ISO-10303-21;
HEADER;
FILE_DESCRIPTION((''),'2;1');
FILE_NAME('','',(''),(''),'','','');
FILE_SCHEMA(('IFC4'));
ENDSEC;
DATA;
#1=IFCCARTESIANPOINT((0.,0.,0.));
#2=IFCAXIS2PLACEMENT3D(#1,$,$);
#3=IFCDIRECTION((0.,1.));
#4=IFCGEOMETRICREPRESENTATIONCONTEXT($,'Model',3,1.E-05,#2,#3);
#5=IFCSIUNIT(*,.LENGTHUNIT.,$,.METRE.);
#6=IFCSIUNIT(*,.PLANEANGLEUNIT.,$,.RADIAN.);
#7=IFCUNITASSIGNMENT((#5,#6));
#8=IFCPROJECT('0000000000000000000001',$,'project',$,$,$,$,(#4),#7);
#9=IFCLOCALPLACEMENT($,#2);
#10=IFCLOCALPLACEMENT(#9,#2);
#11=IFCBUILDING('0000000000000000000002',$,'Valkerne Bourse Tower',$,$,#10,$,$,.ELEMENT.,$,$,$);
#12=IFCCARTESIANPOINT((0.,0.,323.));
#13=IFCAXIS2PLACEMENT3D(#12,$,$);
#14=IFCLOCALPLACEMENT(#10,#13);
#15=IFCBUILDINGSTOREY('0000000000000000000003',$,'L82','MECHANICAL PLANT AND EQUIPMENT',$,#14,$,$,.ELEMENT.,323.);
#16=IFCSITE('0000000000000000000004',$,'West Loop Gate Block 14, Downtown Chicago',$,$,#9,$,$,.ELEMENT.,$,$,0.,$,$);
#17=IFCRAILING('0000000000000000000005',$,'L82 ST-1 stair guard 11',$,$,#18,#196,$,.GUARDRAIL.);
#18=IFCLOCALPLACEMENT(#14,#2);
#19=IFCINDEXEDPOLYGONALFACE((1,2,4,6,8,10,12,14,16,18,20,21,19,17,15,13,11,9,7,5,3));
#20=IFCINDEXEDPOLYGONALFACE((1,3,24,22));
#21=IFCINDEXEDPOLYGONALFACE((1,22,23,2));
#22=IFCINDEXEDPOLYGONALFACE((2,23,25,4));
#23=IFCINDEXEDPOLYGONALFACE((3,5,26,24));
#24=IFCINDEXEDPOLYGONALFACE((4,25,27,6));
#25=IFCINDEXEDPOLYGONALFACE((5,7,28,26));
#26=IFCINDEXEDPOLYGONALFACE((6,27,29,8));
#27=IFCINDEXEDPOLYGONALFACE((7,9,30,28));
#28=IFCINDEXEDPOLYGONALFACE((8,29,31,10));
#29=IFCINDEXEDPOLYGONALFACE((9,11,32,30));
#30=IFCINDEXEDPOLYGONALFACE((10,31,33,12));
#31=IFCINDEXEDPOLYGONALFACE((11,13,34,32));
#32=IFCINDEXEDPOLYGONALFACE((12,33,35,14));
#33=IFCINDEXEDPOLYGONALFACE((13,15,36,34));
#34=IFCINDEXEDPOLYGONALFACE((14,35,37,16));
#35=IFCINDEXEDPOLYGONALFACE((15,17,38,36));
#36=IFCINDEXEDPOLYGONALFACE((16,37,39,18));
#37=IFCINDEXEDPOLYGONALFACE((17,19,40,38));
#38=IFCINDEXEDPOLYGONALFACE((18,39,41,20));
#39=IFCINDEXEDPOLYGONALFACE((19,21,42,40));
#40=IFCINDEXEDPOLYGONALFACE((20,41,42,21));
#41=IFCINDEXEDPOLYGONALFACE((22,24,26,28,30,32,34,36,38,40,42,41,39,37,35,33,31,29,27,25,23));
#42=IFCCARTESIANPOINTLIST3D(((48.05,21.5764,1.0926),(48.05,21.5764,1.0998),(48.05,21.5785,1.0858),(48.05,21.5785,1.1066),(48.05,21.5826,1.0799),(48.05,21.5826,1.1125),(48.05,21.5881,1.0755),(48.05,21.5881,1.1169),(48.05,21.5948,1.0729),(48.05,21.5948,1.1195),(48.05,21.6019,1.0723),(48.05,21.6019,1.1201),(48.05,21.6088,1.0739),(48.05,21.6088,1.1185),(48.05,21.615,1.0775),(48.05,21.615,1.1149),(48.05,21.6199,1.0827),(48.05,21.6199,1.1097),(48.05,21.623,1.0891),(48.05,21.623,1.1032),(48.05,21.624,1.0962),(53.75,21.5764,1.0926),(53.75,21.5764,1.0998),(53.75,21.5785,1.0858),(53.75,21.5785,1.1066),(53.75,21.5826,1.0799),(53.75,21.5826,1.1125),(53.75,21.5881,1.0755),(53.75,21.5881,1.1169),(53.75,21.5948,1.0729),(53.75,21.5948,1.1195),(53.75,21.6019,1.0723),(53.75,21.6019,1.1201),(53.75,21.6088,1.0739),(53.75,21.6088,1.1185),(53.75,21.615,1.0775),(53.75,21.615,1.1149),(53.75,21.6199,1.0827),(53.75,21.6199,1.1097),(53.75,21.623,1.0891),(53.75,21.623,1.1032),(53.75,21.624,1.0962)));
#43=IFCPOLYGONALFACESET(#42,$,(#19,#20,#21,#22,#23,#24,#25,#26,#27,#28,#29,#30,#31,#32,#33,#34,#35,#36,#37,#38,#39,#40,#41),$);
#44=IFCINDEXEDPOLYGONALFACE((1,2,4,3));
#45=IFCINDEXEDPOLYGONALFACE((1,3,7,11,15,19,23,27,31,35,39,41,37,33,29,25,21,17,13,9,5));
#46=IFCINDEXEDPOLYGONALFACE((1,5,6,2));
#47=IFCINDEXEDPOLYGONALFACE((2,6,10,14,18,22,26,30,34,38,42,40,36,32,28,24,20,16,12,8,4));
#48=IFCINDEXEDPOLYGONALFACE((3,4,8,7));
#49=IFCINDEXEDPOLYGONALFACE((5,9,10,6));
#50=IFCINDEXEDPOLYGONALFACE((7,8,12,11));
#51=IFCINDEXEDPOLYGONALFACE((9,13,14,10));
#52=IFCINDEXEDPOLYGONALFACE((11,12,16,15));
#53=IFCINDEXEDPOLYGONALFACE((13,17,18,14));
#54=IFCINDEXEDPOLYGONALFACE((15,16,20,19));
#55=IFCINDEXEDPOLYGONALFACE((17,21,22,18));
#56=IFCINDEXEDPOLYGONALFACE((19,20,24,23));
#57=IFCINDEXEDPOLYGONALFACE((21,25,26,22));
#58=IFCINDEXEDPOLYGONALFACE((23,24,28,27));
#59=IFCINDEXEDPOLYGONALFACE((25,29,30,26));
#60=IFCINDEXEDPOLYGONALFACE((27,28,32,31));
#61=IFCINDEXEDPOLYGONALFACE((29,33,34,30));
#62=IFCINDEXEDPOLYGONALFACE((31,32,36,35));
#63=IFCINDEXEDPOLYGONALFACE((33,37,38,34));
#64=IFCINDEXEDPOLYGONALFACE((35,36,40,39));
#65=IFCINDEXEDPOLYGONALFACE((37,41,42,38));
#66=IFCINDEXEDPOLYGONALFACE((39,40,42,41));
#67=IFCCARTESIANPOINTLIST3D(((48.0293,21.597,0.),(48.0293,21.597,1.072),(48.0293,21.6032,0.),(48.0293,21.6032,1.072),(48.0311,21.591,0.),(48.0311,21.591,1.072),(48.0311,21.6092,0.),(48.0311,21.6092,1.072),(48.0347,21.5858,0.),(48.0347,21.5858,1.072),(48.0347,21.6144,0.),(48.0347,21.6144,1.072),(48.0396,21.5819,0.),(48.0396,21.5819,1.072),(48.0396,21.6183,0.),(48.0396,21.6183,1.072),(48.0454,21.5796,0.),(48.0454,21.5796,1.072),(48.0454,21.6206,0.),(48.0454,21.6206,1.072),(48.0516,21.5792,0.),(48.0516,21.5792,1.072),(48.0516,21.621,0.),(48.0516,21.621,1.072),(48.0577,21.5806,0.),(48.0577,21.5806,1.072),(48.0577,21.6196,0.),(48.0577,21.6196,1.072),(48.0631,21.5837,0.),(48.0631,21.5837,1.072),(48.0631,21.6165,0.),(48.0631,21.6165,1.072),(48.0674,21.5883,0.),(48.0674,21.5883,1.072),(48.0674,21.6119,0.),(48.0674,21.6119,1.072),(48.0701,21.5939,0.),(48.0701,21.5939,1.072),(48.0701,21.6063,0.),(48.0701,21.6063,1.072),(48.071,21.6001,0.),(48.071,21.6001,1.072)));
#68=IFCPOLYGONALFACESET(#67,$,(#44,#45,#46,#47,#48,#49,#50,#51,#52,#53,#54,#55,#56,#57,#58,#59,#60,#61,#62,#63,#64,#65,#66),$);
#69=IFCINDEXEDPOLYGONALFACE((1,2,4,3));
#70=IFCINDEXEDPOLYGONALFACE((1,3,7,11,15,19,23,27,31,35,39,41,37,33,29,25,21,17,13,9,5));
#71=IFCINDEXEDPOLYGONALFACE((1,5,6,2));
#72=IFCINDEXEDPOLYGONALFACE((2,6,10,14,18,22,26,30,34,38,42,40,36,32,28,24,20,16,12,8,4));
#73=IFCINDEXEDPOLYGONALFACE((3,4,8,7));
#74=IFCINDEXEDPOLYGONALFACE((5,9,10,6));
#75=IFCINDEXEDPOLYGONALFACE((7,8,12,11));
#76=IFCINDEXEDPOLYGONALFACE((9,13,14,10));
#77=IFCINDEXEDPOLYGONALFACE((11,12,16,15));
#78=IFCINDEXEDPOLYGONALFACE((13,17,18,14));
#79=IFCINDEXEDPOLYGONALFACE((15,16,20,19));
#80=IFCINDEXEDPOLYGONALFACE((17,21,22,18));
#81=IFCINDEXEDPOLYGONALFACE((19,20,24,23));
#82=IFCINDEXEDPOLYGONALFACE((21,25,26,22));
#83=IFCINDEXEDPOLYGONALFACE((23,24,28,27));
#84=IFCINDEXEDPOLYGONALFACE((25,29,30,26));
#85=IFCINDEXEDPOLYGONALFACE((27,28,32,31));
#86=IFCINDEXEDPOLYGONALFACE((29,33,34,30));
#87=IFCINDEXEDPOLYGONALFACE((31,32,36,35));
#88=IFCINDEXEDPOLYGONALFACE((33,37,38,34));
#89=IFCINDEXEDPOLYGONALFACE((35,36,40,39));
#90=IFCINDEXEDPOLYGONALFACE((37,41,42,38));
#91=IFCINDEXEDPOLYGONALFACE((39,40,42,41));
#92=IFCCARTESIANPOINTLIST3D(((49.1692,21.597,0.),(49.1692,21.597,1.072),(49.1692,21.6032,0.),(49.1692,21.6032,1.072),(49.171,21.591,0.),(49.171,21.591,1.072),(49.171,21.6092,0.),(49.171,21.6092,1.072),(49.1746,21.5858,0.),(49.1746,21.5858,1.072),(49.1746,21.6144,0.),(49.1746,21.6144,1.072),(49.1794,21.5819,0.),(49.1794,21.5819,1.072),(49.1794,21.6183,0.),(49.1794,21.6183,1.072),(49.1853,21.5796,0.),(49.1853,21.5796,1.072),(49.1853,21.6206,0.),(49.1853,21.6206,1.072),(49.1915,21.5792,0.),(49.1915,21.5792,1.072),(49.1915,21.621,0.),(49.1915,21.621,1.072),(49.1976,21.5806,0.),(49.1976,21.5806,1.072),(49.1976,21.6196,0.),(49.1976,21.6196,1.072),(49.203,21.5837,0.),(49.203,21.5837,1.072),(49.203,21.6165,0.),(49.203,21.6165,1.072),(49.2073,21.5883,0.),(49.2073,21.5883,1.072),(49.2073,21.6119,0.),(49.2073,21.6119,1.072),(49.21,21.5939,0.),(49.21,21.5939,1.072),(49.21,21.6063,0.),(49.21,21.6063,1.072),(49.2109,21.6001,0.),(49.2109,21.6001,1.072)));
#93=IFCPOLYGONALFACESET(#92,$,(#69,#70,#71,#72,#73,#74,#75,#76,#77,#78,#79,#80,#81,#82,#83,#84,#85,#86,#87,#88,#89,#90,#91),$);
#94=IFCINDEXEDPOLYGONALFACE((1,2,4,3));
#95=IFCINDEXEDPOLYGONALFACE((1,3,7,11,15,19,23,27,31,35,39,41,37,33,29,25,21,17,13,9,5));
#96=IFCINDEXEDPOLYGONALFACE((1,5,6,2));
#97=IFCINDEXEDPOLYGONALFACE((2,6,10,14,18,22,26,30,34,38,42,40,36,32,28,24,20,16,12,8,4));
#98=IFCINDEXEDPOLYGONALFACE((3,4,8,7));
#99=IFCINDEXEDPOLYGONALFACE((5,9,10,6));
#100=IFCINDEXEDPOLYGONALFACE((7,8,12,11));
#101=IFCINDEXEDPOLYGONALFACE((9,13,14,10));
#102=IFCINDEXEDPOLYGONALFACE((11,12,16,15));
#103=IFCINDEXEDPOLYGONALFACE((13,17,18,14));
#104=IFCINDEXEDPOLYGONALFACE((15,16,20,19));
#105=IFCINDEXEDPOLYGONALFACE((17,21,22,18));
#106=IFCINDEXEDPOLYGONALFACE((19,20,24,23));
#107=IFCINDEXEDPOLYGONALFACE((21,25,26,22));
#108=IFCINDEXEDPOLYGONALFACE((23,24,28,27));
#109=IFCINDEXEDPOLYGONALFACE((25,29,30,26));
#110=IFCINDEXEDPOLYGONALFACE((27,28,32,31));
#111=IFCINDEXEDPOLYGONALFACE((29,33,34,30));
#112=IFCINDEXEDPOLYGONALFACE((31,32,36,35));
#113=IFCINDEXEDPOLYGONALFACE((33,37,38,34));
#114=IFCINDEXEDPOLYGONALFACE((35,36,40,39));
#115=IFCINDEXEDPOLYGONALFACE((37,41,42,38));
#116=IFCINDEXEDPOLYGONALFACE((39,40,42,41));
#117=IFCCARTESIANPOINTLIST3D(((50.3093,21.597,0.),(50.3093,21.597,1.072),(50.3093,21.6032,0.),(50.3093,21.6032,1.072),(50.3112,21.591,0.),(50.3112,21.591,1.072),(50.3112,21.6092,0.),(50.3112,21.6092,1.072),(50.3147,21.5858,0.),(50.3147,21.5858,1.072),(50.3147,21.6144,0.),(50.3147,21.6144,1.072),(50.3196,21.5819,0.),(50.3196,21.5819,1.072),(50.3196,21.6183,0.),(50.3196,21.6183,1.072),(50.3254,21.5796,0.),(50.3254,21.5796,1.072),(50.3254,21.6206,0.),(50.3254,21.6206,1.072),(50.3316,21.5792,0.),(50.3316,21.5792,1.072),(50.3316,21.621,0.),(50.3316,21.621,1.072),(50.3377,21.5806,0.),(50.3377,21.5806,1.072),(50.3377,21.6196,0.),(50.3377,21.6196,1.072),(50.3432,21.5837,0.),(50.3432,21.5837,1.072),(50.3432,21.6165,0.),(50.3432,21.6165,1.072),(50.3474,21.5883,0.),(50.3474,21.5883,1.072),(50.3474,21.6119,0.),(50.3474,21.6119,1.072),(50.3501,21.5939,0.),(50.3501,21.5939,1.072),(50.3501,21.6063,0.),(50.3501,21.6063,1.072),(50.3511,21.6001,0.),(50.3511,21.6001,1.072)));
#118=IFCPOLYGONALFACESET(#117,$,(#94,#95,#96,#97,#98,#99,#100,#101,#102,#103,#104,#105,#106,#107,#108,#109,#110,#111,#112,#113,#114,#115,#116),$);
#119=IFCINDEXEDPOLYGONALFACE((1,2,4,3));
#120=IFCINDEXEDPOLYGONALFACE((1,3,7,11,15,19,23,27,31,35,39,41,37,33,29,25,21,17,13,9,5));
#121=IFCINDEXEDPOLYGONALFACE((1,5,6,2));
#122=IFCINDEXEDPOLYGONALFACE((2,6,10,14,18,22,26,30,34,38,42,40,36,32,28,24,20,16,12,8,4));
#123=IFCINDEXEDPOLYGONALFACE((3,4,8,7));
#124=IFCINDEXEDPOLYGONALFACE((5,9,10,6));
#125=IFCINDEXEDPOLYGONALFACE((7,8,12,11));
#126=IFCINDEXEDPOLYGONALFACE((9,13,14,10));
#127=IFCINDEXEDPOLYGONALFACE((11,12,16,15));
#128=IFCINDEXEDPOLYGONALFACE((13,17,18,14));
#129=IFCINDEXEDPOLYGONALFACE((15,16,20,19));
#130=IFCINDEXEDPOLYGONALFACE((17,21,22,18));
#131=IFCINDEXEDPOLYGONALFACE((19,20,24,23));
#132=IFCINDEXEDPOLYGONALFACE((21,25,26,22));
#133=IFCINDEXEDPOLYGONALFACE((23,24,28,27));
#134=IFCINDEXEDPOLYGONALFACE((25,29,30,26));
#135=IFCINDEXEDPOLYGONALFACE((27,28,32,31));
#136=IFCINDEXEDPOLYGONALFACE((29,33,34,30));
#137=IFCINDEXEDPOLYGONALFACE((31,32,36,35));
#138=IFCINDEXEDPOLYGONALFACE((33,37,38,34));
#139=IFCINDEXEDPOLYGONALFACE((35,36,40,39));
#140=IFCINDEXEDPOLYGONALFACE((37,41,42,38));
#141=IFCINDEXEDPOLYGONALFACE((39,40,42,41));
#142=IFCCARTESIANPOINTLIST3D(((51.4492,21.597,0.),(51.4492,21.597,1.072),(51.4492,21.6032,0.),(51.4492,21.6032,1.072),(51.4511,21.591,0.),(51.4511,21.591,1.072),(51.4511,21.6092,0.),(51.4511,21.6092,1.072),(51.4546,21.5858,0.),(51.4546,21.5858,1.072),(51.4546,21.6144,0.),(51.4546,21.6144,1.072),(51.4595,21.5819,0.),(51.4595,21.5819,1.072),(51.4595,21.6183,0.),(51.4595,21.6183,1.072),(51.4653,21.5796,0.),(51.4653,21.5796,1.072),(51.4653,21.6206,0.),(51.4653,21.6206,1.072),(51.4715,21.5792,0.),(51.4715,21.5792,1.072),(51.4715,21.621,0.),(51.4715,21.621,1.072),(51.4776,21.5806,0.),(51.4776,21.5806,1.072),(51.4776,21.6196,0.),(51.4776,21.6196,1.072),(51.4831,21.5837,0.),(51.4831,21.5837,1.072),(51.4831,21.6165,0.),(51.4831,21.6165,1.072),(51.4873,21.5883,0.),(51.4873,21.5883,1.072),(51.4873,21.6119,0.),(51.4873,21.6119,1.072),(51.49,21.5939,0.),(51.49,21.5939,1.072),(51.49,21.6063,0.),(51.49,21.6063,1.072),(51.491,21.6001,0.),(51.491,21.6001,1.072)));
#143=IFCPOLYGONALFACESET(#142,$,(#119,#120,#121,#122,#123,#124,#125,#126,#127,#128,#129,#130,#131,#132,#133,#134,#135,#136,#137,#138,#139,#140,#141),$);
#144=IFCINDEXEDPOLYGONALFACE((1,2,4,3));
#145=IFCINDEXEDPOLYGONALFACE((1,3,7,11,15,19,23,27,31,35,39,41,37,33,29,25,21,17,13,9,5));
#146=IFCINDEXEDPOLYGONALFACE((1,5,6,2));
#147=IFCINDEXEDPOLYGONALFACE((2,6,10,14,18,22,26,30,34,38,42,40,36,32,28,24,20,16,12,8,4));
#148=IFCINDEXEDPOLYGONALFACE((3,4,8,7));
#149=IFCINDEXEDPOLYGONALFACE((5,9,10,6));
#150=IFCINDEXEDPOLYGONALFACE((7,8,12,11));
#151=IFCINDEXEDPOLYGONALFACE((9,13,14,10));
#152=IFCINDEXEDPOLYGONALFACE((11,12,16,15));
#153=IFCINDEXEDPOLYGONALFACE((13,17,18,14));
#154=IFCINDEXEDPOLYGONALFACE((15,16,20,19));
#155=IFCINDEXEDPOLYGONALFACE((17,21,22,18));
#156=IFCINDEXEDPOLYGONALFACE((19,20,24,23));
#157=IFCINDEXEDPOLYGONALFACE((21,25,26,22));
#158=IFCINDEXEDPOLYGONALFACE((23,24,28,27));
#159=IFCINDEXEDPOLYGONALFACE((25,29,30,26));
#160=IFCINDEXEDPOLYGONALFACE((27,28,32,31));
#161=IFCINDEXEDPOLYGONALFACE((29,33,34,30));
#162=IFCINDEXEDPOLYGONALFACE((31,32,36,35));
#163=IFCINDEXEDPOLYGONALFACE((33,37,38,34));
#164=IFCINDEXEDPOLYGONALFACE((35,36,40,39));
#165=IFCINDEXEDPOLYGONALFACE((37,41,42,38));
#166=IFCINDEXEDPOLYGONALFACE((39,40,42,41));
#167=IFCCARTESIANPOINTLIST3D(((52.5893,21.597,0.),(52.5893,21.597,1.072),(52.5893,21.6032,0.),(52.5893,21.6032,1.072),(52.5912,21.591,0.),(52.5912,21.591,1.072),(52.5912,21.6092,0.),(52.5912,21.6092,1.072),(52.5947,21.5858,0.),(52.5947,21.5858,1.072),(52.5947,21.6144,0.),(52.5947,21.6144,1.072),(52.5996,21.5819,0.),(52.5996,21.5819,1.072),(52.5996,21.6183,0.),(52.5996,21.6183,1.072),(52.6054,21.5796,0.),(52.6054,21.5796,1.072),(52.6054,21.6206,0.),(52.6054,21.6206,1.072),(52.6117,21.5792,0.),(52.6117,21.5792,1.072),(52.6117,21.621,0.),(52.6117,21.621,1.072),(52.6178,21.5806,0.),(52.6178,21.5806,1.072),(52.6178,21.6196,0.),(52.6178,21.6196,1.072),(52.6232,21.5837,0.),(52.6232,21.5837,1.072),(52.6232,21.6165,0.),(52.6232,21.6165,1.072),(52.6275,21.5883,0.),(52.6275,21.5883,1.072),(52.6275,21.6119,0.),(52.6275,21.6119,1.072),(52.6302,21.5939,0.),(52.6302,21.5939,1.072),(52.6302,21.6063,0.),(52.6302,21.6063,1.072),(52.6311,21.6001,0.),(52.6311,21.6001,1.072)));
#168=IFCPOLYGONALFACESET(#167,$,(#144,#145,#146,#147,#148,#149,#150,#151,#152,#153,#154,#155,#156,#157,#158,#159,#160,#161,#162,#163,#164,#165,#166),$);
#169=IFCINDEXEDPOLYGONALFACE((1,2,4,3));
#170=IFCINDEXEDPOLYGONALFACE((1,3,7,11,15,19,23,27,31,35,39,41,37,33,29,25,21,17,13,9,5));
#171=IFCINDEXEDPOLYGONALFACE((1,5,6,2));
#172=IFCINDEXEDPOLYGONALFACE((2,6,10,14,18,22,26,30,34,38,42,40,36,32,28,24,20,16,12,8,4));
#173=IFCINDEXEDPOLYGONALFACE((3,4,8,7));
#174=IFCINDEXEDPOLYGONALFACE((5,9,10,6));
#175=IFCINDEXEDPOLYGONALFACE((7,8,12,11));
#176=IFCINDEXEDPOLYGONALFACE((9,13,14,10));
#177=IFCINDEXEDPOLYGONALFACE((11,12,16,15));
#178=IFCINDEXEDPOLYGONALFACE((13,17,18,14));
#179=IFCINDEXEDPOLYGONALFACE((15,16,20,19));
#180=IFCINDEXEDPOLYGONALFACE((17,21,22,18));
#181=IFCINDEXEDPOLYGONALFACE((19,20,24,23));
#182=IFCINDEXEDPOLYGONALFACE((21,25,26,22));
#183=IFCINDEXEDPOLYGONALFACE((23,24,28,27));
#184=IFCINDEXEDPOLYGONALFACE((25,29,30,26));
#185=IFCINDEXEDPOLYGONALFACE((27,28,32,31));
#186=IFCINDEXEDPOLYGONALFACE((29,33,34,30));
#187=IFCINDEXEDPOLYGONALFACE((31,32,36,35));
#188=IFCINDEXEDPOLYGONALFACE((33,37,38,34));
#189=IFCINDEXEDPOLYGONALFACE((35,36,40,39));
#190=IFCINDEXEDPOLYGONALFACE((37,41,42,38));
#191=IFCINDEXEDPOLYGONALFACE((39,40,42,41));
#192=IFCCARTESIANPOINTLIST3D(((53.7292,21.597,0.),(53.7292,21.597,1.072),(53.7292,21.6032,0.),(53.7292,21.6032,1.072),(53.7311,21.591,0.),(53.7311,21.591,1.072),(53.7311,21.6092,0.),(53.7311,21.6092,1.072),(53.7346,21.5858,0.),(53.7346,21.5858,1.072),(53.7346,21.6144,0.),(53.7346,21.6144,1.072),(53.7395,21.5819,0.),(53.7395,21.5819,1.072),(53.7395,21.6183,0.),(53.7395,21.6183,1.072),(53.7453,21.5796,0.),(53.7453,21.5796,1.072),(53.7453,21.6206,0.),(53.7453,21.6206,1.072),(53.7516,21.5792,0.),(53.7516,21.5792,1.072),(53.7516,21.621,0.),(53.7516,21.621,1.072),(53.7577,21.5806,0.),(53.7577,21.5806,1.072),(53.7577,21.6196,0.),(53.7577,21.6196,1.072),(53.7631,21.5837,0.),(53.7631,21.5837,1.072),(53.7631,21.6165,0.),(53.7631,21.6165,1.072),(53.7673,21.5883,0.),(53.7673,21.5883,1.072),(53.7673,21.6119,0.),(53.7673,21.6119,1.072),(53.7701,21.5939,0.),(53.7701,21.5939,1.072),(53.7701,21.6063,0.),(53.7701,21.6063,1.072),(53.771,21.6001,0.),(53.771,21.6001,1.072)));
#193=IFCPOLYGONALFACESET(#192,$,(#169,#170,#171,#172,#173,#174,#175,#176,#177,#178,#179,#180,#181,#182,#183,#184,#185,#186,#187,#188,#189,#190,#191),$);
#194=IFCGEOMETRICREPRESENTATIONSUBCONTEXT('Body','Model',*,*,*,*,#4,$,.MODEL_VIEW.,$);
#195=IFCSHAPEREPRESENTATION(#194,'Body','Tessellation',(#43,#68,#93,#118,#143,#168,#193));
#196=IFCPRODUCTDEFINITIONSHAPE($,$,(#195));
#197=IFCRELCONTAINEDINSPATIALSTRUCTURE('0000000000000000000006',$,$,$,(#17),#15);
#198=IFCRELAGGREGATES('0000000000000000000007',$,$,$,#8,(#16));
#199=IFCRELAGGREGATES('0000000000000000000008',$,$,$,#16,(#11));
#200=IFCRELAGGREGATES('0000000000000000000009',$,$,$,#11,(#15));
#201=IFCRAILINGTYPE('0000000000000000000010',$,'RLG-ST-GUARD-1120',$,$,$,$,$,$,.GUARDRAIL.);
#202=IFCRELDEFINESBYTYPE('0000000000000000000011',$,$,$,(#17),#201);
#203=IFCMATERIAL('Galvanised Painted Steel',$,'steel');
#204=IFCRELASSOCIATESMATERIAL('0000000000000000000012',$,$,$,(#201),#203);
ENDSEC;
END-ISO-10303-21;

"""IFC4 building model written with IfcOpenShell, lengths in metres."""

from ifc_helpers import new_model, si_unit, direction, frame, origin, origin_2d, place, context, subcontext, project, spatial, circle, extrude, material, type_object, element, save


model = new_model("IFC4")

# Units and contexts
model_context = context("Model", 3, precision=1e-05, world=origin(), true_north=direction((0.0, 1.0)))
body_context = subcontext(model_context, "Body", "Model", "MODEL_VIEW")
ifc_project = project(units=[si_unit("LENGTHUNIT", "METRE"), si_unit("PLANEANGLEUNIT", "RADIAN")], contexts=[model_context])

# Site, building, storey
site_placement = place(None, origin())
site = spatial("IfcSite", under=ifc_project, at=site_placement, Name="West Loop Gate Block 14, Downtown Chicago", CompositionType="ELEMENT", RefElevation=0.0)
building_placement = place(site_placement, origin())
building = spatial("IfcBuilding", under=site, at=building_placement, Name="Valkerne Bourse Tower", CompositionType="ELEMENT")
storey_placement = place(building_placement, frame((0.0, 0.0, 323.0)))
storey = spatial("IfcBuildingStorey", under=building, at=storey_placement, Name="L82", Description="MECHANICAL PLANT AND EQUIPMENT", CompositionType="ELEMENT", Elevation=323.0)

# Railing
ifc_material_1 = material(Name="Galvanised Painted Steel", Category="steel")
railing_type_1 = type_object("IfcRailingType", Name="RLG-ST-GUARD-1120", PredefinedType="GUARDRAIL", material=ifc_material_1)
for number, where, name in (
    (1, (48.05, 21.6001, 0.0), "L82 ST-1 stair guard 11"),
):
    element("IfcRailing", number, at=place(storey_placement, frame(where)), inside=storey, type_object=railing_type_1, Name=name, PredefinedType="GUARDRAIL", context=body_context, shape_type="SweptSolid", body=[
        extrude(circle(Radius=0.0239, at=origin_2d()), frame((0.0, 0.0, 1.0962), z_axis=(1.0, 0.0, 0.0), x_axis=(0.0, 1.0, 0.0)), (0.0, 0.0, 1.0), 5.7),
        extrude(circle(Radius=0.021, at=origin_2d()), origin(), (0.0, 0.0, 1.0), 1.072),
        extrude(circle(Radius=0.021, at=origin_2d()), frame((1.1399, 0.0, 0.0)), (0.0, 0.0, 1.0), 1.072),
        extrude(circle(Radius=0.021, at=origin_2d()), frame((2.28, 0.0, 0.0)), (0.0, 0.0, 1.0), 1.072),
        extrude(circle(Radius=0.021, at=origin_2d()), frame((3.4199, 0.0, 0.0)), (0.0, 0.0, 1.0), 1.072),
        extrude(circle(Radius=0.021, at=origin_2d()), frame((4.5601, 0.0, 0.0)), (0.0, 0.0, 1.0), 1.072),
        extrude(circle(Radius=0.021, at=origin_2d()), frame((5.7, 0.0, 0.0)), (0.0, 0.0, 1.0), 1.072),
    ])

save(model, "model.ifc")
